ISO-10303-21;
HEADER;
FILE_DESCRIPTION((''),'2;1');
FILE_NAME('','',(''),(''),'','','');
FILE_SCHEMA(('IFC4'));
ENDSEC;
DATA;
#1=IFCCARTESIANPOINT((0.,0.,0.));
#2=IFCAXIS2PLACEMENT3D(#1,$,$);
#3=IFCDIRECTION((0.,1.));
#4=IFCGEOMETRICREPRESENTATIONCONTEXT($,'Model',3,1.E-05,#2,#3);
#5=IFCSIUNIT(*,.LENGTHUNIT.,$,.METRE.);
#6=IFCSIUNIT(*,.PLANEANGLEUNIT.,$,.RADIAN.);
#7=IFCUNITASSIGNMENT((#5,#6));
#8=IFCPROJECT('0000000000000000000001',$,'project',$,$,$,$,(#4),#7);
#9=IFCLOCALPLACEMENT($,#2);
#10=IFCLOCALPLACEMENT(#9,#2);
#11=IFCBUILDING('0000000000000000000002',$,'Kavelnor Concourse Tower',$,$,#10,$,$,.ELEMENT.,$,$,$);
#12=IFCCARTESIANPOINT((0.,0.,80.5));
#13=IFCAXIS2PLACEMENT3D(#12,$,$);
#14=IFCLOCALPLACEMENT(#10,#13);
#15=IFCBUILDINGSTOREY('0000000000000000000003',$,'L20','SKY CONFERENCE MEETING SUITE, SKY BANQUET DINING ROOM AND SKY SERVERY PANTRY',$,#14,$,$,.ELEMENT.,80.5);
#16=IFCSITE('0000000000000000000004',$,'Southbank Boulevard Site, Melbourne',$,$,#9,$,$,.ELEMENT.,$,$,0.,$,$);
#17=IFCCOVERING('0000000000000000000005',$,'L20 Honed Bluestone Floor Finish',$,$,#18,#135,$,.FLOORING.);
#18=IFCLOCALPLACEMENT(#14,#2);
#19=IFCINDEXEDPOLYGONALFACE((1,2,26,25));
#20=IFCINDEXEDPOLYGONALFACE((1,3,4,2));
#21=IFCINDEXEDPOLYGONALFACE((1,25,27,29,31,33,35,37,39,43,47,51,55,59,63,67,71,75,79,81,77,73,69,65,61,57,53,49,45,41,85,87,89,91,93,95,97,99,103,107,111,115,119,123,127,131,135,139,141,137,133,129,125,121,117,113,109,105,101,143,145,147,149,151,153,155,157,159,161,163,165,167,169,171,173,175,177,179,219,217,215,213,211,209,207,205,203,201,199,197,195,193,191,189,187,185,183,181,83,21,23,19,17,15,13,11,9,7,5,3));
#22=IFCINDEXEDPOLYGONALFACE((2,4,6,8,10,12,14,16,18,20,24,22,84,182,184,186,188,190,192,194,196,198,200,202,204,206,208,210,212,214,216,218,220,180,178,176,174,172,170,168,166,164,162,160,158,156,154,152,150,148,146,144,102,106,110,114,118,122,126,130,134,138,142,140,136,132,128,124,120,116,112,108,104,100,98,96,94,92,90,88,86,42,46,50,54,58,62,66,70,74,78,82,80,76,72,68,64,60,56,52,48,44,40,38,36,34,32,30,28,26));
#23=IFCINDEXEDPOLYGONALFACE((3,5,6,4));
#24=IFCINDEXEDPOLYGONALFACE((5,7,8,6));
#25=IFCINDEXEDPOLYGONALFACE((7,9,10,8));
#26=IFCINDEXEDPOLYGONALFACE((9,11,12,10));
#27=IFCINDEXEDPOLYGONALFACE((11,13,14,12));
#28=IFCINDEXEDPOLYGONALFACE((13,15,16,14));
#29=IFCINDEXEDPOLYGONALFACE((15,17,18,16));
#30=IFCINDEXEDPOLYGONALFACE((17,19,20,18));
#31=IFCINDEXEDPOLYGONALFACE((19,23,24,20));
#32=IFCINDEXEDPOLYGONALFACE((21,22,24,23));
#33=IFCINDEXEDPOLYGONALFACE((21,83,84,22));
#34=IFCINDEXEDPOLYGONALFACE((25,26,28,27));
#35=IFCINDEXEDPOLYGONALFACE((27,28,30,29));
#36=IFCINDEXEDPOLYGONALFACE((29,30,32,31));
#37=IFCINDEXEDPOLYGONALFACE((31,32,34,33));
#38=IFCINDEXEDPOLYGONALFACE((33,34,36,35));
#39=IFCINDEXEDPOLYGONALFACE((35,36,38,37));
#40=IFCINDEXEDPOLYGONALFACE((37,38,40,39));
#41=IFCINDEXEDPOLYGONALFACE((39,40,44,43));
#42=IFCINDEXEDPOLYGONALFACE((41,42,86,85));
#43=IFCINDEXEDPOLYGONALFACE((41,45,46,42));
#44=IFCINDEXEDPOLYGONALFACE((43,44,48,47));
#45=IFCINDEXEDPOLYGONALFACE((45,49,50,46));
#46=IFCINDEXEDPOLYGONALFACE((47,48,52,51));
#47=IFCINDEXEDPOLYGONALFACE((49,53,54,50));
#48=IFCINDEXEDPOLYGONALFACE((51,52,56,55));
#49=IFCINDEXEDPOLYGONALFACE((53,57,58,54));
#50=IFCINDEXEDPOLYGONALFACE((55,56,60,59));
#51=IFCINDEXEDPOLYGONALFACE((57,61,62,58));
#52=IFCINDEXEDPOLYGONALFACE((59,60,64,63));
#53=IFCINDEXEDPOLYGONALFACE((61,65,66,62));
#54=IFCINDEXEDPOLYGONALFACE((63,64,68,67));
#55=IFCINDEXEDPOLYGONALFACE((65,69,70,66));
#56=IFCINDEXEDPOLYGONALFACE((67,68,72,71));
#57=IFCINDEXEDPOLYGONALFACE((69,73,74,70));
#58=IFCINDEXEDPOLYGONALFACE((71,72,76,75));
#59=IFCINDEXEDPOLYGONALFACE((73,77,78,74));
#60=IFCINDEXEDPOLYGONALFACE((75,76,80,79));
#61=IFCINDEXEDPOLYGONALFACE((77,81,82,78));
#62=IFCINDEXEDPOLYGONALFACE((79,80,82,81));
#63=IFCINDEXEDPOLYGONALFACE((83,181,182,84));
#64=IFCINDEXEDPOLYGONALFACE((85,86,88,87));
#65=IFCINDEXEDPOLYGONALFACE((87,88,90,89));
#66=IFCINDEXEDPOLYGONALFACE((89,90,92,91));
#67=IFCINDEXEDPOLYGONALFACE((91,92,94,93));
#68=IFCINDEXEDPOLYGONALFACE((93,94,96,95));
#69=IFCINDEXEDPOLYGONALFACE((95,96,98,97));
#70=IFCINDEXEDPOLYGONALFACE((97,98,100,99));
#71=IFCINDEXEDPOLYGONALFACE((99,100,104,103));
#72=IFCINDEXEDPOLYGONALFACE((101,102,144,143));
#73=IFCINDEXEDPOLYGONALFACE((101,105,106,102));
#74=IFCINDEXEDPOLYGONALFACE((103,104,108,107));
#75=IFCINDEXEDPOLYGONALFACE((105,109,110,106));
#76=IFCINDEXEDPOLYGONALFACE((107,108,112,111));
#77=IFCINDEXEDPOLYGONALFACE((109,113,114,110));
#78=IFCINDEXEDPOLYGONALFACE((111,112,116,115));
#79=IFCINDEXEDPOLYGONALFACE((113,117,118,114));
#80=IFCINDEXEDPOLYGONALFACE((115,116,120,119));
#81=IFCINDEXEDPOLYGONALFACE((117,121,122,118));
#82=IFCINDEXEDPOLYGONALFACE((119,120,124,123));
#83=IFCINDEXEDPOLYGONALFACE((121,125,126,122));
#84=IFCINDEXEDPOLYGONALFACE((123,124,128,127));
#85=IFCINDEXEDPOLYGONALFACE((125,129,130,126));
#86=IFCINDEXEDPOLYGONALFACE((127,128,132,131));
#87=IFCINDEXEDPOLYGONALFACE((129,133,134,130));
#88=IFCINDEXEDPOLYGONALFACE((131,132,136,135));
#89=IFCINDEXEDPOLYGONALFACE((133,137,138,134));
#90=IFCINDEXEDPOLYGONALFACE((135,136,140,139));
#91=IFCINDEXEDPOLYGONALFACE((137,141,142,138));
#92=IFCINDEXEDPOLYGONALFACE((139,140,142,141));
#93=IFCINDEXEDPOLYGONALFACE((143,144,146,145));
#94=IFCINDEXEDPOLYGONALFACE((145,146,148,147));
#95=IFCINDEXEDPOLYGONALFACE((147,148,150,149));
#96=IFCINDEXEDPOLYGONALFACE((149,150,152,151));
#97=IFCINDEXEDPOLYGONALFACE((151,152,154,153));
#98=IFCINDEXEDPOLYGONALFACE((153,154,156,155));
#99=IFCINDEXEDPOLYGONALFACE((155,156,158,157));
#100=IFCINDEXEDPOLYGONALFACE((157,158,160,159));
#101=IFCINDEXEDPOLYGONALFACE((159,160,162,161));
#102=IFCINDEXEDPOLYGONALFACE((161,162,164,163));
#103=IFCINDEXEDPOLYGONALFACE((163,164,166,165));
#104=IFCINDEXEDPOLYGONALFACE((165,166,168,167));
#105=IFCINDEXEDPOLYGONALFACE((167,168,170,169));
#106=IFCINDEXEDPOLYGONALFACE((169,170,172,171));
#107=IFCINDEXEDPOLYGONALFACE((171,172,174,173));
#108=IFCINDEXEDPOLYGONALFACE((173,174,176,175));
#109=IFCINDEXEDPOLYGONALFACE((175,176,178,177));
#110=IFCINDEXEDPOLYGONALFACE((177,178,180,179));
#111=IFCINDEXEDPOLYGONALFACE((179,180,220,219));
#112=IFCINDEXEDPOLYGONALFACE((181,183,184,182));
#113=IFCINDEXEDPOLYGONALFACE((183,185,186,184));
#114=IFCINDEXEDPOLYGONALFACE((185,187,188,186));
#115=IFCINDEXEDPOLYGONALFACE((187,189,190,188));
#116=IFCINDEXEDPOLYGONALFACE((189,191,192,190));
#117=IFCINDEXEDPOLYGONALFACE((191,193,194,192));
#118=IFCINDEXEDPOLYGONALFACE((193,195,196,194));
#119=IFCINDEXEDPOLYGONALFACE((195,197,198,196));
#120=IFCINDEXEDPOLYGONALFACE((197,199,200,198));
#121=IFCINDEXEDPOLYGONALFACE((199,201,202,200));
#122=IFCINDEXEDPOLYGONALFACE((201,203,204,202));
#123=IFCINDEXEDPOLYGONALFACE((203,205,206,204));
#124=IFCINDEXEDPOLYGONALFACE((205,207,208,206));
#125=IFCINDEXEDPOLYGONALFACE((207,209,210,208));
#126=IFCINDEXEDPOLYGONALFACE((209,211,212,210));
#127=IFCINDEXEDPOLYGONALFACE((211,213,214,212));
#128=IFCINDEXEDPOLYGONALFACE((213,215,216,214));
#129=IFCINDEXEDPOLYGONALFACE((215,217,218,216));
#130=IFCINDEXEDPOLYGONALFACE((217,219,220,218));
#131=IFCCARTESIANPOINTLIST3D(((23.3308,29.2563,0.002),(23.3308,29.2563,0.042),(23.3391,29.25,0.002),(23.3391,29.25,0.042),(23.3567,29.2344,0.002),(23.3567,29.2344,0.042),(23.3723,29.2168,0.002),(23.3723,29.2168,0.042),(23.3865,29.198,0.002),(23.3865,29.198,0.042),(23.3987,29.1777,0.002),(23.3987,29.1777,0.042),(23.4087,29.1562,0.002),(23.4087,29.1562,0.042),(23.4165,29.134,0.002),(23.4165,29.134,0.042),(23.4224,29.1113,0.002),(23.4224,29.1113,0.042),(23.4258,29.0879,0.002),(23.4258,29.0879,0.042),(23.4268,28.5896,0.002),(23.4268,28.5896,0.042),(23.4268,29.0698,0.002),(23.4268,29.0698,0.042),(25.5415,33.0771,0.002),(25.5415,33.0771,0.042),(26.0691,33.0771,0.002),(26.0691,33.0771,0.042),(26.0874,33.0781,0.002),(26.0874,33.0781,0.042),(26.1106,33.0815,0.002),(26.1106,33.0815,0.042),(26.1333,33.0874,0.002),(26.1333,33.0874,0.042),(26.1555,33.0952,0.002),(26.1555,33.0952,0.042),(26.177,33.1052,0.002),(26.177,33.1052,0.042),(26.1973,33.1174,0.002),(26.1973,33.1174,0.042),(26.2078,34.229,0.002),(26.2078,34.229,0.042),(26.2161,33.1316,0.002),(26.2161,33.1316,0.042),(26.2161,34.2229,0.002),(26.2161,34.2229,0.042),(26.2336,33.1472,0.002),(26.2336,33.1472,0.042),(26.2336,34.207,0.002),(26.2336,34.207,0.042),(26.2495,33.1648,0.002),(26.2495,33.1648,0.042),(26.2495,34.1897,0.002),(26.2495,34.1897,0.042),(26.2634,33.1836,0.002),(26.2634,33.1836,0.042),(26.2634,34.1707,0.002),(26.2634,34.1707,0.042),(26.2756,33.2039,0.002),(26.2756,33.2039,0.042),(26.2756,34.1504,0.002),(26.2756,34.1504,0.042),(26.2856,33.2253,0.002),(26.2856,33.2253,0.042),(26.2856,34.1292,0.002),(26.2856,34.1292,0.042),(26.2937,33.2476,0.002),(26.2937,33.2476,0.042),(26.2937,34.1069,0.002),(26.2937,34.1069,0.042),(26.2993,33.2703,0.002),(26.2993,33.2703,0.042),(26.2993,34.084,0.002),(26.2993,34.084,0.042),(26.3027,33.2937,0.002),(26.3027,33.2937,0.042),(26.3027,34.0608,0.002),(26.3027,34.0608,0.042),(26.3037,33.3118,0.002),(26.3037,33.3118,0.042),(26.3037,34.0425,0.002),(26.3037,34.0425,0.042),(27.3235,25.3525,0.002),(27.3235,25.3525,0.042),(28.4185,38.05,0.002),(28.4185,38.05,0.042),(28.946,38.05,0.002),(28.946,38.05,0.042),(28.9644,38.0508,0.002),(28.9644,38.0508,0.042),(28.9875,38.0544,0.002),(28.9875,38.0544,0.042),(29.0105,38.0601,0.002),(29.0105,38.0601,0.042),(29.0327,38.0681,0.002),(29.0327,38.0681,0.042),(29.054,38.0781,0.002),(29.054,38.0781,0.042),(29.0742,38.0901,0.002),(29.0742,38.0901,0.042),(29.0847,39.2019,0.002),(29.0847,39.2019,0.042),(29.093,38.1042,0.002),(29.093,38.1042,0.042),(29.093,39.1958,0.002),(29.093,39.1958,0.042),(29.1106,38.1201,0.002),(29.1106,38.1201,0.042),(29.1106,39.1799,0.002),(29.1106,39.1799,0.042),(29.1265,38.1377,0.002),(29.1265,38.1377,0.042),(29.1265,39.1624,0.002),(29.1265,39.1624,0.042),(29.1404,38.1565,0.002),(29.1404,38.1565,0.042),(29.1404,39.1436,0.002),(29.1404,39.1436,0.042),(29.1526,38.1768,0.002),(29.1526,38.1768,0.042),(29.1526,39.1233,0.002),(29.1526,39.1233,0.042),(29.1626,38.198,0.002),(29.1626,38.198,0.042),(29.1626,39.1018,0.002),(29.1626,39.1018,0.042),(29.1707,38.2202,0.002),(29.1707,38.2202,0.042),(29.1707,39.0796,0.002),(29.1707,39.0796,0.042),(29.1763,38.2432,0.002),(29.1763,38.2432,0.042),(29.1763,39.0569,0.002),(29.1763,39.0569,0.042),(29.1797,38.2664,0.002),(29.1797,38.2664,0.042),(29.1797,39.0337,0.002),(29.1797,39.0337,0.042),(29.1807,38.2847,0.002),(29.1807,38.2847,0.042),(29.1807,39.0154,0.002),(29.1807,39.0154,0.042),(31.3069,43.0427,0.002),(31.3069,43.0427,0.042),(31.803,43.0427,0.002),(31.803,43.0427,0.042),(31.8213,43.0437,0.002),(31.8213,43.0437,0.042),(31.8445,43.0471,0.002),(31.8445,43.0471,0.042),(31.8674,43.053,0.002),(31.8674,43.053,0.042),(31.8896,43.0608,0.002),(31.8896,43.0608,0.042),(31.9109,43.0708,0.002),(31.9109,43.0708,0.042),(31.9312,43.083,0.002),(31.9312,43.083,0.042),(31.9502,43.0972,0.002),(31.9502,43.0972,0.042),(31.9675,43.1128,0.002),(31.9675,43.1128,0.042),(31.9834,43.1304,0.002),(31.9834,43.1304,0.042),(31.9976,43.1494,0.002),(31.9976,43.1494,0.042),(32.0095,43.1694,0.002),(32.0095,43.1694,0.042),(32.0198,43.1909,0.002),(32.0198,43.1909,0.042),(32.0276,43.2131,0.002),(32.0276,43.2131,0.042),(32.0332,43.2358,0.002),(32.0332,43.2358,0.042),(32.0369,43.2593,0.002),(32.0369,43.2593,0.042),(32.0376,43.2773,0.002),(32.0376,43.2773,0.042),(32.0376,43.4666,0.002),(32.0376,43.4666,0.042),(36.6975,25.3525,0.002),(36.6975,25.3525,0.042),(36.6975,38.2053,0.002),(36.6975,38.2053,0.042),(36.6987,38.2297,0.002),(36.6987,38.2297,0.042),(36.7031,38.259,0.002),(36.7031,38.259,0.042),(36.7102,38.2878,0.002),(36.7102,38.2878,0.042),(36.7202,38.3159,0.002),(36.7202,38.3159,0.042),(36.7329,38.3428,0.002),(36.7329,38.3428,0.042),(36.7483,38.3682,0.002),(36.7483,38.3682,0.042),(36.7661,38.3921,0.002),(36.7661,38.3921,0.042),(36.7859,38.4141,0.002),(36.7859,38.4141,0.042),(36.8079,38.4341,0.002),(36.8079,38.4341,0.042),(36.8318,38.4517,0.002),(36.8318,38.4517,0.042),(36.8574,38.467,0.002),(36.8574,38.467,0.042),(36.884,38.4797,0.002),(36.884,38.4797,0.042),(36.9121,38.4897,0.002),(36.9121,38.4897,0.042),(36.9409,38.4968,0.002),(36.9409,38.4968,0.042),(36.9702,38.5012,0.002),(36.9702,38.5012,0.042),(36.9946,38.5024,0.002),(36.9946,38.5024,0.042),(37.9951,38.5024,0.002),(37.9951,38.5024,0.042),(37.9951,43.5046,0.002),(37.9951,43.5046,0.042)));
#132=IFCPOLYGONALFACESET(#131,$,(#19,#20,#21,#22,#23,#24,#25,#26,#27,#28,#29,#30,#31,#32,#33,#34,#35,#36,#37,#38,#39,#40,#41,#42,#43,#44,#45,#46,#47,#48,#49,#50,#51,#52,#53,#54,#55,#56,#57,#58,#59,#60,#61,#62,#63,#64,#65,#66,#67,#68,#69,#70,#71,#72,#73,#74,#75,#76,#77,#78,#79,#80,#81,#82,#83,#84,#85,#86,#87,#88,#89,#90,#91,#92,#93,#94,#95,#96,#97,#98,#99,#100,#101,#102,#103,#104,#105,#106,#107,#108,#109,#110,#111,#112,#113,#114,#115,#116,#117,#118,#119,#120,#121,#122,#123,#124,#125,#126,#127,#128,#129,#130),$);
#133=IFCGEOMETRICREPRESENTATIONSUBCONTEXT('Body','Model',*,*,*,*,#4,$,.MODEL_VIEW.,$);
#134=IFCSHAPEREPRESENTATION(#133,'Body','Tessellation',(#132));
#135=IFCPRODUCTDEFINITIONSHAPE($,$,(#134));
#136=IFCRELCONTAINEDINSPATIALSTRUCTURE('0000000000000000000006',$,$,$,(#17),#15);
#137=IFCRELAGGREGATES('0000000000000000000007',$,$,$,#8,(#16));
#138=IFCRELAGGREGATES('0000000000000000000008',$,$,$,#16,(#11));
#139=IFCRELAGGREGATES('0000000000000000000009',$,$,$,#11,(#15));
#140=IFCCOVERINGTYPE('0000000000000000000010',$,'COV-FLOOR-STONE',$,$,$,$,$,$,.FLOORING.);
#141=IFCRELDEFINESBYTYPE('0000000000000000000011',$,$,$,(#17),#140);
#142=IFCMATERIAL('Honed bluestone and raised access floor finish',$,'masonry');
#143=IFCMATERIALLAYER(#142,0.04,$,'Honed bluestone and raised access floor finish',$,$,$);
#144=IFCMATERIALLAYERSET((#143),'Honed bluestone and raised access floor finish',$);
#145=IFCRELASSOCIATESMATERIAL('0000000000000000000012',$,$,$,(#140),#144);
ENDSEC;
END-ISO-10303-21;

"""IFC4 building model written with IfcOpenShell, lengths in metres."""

from ifc_helpers import new_model, si_unit, direction, frame, origin, place, context, subcontext, project, spatial, polyline, outline, extrude, material, layer, layer_set, type_object, element, save


model = new_model("IFC4")

# Units and contexts
model_context = context("Model", 3, precision=1e-05, world=origin(), true_north=direction((0.0, 1.0)))
body_context = subcontext(model_context, "Body", "Model", "MODEL_VIEW")
ifc_project = project(units=[si_unit("LENGTHUNIT", "METRE"), si_unit("PLANEANGLEUNIT", "RADIAN")], contexts=[model_context])

# Site, building, storey
site_placement = place(None, origin())
site = spatial("IfcSite", under=ifc_project, at=site_placement, Name="Southbank Boulevard Site, Melbourne", CompositionType="ELEMENT", RefElevation=0.0)
building_placement = place(site_placement, origin())
building = spatial("IfcBuilding", under=site, at=building_placement, Name="Kavelnor Concourse Tower", CompositionType="ELEMENT")
storey_placement = place(building_placement, frame((0.0, 0.0, 80.5)))
storey = spatial("IfcBuildingStorey", under=building, at=storey_placement, Name="L20", Description="SKY CONFERENCE MEETING SUITE, SKY BANQUET DINING ROOM AND SKY SERVERY PANTRY", CompositionType="ELEMENT", Elevation=80.5)

# Covering
ifc_material_1 = material(Name="Honed bluestone and raised access floor finish", Category="masonry")
ifc_layer_1 = layer(ifc_material_1, 0.04, Name="Honed bluestone and raised access floor finish")
ifc_layer_set_1 = layer_set([ifc_layer_1], Name="Honed bluestone and raised access floor finish")
covering_type_1 = type_object("IfcCoveringType", Name="COV-FLOOR-STONE", PredefinedType="FLOORING", material=ifc_layer_set_1)
covering_1_placement = place(storey_placement, frame((0.0, 0.0, 0.002)))
element("IfcCovering", 1, at=covering_1_placement, inside=storey, type_object=covering_type_1, Name="L20 Honed Bluestone Floor Finish", PredefinedType="FLOORING", context=body_context, shape_type="SweptSolid", body=[
    extrude(outline(polyline([(26.0874, 33.0781), (26.1106, 33.0815), (26.1333, 33.0874), (26.1555, 33.0952), (26.177, 33.1052), (26.1973, 33.1174), (26.2161, 33.1316), (26.2336, 33.1472), (26.2495, 33.1648), (26.2634, 33.1836), (26.2756, 33.2039), (26.2856, 33.2253), (26.2937, 33.2476), (26.2993, 33.2703), (26.3027, 33.2937), (26.3037, 33.3118), (26.3037, 34.0425), (26.3027, 34.0608), (26.2993, 34.084), (26.2937, 34.1069), (26.2856, 34.1292), (26.2756, 34.1504), (26.2634, 34.1707), (26.2495, 34.1897), (26.2336, 34.207), (26.2161, 34.2229), (26.2078, 34.229), (28.4185, 38.05), (28.946, 38.05), (28.9644, 38.0508), (28.9875, 38.0544), (29.0105, 38.0601), (29.0327, 38.0681), (29.054, 38.0781), (29.0742, 38.0901), (29.093, 38.1042), (29.1106, 38.1201), (29.1265, 38.1377), (29.1404, 38.1565), (29.1526, 38.1768), (29.1626, 38.198), (29.1707, 38.2202), (29.1763, 38.2432), (29.1797, 38.2664), (29.1807, 38.2847), (29.1807, 39.0154), (29.1797, 39.0337), (29.1763, 39.0569), (29.1707, 39.0796), (29.1626, 39.1018), (29.1526, 39.1233), (29.1404, 39.1436), (29.1265, 39.1624), (29.1106, 39.1799), (29.093, 39.1958), (29.0847, 39.2019), (31.3069, 43.0427), (31.803, 43.0427), (31.8213, 43.0437), (31.8445, 43.0471), (31.8674, 43.053), (31.8896, 43.0608), (31.9109, 43.0708), (31.9312, 43.083), (31.9502, 43.0972), (31.9675, 43.1128), (31.9834, 43.1304), (31.9976, 43.1494), (32.0095, 43.1694), (32.0198, 43.1909), (32.0276, 43.2131), (32.0332, 43.2358), (32.0369, 43.2593), (32.0376, 43.2773), (32.0376, 43.4666), (37.9951, 43.5046), (37.9951, 38.5024), (36.9946, 38.5024), (36.9702, 38.5012), (36.9409, 38.4968), (36.9121, 38.4897), (36.884, 38.4797), (36.8574, 38.467), (36.8318, 38.4517), (36.8079, 38.4341), (36.7859, 38.4141), (36.7661, 38.3921), (36.7483, 38.3682), (36.7329, 38.3428), (36.7202, 38.3159), (36.7102, 38.2878), (36.7031, 38.259), (36.6987, 38.2297), (36.6975, 38.2053), (36.6975, 25.3525), (27.3235, 25.3525), (23.4268, 28.5896), (23.4268, 29.0698), (23.4258, 29.0879), (23.4224, 29.1113), (23.4165, 29.134), (23.4087, 29.1562), (23.3987, 29.1777), (23.3865, 29.198), (23.3723, 29.2168), (23.3567, 29.2344), (23.3391, 29.25), (23.3308, 29.2563), (25.5415, 33.0771), (26.0691, 33.0771), (26.0874, 33.0781)])), origin(), (0.0, 0.0, 1.0), 0.04),
])

save(model, "model.ifc")
